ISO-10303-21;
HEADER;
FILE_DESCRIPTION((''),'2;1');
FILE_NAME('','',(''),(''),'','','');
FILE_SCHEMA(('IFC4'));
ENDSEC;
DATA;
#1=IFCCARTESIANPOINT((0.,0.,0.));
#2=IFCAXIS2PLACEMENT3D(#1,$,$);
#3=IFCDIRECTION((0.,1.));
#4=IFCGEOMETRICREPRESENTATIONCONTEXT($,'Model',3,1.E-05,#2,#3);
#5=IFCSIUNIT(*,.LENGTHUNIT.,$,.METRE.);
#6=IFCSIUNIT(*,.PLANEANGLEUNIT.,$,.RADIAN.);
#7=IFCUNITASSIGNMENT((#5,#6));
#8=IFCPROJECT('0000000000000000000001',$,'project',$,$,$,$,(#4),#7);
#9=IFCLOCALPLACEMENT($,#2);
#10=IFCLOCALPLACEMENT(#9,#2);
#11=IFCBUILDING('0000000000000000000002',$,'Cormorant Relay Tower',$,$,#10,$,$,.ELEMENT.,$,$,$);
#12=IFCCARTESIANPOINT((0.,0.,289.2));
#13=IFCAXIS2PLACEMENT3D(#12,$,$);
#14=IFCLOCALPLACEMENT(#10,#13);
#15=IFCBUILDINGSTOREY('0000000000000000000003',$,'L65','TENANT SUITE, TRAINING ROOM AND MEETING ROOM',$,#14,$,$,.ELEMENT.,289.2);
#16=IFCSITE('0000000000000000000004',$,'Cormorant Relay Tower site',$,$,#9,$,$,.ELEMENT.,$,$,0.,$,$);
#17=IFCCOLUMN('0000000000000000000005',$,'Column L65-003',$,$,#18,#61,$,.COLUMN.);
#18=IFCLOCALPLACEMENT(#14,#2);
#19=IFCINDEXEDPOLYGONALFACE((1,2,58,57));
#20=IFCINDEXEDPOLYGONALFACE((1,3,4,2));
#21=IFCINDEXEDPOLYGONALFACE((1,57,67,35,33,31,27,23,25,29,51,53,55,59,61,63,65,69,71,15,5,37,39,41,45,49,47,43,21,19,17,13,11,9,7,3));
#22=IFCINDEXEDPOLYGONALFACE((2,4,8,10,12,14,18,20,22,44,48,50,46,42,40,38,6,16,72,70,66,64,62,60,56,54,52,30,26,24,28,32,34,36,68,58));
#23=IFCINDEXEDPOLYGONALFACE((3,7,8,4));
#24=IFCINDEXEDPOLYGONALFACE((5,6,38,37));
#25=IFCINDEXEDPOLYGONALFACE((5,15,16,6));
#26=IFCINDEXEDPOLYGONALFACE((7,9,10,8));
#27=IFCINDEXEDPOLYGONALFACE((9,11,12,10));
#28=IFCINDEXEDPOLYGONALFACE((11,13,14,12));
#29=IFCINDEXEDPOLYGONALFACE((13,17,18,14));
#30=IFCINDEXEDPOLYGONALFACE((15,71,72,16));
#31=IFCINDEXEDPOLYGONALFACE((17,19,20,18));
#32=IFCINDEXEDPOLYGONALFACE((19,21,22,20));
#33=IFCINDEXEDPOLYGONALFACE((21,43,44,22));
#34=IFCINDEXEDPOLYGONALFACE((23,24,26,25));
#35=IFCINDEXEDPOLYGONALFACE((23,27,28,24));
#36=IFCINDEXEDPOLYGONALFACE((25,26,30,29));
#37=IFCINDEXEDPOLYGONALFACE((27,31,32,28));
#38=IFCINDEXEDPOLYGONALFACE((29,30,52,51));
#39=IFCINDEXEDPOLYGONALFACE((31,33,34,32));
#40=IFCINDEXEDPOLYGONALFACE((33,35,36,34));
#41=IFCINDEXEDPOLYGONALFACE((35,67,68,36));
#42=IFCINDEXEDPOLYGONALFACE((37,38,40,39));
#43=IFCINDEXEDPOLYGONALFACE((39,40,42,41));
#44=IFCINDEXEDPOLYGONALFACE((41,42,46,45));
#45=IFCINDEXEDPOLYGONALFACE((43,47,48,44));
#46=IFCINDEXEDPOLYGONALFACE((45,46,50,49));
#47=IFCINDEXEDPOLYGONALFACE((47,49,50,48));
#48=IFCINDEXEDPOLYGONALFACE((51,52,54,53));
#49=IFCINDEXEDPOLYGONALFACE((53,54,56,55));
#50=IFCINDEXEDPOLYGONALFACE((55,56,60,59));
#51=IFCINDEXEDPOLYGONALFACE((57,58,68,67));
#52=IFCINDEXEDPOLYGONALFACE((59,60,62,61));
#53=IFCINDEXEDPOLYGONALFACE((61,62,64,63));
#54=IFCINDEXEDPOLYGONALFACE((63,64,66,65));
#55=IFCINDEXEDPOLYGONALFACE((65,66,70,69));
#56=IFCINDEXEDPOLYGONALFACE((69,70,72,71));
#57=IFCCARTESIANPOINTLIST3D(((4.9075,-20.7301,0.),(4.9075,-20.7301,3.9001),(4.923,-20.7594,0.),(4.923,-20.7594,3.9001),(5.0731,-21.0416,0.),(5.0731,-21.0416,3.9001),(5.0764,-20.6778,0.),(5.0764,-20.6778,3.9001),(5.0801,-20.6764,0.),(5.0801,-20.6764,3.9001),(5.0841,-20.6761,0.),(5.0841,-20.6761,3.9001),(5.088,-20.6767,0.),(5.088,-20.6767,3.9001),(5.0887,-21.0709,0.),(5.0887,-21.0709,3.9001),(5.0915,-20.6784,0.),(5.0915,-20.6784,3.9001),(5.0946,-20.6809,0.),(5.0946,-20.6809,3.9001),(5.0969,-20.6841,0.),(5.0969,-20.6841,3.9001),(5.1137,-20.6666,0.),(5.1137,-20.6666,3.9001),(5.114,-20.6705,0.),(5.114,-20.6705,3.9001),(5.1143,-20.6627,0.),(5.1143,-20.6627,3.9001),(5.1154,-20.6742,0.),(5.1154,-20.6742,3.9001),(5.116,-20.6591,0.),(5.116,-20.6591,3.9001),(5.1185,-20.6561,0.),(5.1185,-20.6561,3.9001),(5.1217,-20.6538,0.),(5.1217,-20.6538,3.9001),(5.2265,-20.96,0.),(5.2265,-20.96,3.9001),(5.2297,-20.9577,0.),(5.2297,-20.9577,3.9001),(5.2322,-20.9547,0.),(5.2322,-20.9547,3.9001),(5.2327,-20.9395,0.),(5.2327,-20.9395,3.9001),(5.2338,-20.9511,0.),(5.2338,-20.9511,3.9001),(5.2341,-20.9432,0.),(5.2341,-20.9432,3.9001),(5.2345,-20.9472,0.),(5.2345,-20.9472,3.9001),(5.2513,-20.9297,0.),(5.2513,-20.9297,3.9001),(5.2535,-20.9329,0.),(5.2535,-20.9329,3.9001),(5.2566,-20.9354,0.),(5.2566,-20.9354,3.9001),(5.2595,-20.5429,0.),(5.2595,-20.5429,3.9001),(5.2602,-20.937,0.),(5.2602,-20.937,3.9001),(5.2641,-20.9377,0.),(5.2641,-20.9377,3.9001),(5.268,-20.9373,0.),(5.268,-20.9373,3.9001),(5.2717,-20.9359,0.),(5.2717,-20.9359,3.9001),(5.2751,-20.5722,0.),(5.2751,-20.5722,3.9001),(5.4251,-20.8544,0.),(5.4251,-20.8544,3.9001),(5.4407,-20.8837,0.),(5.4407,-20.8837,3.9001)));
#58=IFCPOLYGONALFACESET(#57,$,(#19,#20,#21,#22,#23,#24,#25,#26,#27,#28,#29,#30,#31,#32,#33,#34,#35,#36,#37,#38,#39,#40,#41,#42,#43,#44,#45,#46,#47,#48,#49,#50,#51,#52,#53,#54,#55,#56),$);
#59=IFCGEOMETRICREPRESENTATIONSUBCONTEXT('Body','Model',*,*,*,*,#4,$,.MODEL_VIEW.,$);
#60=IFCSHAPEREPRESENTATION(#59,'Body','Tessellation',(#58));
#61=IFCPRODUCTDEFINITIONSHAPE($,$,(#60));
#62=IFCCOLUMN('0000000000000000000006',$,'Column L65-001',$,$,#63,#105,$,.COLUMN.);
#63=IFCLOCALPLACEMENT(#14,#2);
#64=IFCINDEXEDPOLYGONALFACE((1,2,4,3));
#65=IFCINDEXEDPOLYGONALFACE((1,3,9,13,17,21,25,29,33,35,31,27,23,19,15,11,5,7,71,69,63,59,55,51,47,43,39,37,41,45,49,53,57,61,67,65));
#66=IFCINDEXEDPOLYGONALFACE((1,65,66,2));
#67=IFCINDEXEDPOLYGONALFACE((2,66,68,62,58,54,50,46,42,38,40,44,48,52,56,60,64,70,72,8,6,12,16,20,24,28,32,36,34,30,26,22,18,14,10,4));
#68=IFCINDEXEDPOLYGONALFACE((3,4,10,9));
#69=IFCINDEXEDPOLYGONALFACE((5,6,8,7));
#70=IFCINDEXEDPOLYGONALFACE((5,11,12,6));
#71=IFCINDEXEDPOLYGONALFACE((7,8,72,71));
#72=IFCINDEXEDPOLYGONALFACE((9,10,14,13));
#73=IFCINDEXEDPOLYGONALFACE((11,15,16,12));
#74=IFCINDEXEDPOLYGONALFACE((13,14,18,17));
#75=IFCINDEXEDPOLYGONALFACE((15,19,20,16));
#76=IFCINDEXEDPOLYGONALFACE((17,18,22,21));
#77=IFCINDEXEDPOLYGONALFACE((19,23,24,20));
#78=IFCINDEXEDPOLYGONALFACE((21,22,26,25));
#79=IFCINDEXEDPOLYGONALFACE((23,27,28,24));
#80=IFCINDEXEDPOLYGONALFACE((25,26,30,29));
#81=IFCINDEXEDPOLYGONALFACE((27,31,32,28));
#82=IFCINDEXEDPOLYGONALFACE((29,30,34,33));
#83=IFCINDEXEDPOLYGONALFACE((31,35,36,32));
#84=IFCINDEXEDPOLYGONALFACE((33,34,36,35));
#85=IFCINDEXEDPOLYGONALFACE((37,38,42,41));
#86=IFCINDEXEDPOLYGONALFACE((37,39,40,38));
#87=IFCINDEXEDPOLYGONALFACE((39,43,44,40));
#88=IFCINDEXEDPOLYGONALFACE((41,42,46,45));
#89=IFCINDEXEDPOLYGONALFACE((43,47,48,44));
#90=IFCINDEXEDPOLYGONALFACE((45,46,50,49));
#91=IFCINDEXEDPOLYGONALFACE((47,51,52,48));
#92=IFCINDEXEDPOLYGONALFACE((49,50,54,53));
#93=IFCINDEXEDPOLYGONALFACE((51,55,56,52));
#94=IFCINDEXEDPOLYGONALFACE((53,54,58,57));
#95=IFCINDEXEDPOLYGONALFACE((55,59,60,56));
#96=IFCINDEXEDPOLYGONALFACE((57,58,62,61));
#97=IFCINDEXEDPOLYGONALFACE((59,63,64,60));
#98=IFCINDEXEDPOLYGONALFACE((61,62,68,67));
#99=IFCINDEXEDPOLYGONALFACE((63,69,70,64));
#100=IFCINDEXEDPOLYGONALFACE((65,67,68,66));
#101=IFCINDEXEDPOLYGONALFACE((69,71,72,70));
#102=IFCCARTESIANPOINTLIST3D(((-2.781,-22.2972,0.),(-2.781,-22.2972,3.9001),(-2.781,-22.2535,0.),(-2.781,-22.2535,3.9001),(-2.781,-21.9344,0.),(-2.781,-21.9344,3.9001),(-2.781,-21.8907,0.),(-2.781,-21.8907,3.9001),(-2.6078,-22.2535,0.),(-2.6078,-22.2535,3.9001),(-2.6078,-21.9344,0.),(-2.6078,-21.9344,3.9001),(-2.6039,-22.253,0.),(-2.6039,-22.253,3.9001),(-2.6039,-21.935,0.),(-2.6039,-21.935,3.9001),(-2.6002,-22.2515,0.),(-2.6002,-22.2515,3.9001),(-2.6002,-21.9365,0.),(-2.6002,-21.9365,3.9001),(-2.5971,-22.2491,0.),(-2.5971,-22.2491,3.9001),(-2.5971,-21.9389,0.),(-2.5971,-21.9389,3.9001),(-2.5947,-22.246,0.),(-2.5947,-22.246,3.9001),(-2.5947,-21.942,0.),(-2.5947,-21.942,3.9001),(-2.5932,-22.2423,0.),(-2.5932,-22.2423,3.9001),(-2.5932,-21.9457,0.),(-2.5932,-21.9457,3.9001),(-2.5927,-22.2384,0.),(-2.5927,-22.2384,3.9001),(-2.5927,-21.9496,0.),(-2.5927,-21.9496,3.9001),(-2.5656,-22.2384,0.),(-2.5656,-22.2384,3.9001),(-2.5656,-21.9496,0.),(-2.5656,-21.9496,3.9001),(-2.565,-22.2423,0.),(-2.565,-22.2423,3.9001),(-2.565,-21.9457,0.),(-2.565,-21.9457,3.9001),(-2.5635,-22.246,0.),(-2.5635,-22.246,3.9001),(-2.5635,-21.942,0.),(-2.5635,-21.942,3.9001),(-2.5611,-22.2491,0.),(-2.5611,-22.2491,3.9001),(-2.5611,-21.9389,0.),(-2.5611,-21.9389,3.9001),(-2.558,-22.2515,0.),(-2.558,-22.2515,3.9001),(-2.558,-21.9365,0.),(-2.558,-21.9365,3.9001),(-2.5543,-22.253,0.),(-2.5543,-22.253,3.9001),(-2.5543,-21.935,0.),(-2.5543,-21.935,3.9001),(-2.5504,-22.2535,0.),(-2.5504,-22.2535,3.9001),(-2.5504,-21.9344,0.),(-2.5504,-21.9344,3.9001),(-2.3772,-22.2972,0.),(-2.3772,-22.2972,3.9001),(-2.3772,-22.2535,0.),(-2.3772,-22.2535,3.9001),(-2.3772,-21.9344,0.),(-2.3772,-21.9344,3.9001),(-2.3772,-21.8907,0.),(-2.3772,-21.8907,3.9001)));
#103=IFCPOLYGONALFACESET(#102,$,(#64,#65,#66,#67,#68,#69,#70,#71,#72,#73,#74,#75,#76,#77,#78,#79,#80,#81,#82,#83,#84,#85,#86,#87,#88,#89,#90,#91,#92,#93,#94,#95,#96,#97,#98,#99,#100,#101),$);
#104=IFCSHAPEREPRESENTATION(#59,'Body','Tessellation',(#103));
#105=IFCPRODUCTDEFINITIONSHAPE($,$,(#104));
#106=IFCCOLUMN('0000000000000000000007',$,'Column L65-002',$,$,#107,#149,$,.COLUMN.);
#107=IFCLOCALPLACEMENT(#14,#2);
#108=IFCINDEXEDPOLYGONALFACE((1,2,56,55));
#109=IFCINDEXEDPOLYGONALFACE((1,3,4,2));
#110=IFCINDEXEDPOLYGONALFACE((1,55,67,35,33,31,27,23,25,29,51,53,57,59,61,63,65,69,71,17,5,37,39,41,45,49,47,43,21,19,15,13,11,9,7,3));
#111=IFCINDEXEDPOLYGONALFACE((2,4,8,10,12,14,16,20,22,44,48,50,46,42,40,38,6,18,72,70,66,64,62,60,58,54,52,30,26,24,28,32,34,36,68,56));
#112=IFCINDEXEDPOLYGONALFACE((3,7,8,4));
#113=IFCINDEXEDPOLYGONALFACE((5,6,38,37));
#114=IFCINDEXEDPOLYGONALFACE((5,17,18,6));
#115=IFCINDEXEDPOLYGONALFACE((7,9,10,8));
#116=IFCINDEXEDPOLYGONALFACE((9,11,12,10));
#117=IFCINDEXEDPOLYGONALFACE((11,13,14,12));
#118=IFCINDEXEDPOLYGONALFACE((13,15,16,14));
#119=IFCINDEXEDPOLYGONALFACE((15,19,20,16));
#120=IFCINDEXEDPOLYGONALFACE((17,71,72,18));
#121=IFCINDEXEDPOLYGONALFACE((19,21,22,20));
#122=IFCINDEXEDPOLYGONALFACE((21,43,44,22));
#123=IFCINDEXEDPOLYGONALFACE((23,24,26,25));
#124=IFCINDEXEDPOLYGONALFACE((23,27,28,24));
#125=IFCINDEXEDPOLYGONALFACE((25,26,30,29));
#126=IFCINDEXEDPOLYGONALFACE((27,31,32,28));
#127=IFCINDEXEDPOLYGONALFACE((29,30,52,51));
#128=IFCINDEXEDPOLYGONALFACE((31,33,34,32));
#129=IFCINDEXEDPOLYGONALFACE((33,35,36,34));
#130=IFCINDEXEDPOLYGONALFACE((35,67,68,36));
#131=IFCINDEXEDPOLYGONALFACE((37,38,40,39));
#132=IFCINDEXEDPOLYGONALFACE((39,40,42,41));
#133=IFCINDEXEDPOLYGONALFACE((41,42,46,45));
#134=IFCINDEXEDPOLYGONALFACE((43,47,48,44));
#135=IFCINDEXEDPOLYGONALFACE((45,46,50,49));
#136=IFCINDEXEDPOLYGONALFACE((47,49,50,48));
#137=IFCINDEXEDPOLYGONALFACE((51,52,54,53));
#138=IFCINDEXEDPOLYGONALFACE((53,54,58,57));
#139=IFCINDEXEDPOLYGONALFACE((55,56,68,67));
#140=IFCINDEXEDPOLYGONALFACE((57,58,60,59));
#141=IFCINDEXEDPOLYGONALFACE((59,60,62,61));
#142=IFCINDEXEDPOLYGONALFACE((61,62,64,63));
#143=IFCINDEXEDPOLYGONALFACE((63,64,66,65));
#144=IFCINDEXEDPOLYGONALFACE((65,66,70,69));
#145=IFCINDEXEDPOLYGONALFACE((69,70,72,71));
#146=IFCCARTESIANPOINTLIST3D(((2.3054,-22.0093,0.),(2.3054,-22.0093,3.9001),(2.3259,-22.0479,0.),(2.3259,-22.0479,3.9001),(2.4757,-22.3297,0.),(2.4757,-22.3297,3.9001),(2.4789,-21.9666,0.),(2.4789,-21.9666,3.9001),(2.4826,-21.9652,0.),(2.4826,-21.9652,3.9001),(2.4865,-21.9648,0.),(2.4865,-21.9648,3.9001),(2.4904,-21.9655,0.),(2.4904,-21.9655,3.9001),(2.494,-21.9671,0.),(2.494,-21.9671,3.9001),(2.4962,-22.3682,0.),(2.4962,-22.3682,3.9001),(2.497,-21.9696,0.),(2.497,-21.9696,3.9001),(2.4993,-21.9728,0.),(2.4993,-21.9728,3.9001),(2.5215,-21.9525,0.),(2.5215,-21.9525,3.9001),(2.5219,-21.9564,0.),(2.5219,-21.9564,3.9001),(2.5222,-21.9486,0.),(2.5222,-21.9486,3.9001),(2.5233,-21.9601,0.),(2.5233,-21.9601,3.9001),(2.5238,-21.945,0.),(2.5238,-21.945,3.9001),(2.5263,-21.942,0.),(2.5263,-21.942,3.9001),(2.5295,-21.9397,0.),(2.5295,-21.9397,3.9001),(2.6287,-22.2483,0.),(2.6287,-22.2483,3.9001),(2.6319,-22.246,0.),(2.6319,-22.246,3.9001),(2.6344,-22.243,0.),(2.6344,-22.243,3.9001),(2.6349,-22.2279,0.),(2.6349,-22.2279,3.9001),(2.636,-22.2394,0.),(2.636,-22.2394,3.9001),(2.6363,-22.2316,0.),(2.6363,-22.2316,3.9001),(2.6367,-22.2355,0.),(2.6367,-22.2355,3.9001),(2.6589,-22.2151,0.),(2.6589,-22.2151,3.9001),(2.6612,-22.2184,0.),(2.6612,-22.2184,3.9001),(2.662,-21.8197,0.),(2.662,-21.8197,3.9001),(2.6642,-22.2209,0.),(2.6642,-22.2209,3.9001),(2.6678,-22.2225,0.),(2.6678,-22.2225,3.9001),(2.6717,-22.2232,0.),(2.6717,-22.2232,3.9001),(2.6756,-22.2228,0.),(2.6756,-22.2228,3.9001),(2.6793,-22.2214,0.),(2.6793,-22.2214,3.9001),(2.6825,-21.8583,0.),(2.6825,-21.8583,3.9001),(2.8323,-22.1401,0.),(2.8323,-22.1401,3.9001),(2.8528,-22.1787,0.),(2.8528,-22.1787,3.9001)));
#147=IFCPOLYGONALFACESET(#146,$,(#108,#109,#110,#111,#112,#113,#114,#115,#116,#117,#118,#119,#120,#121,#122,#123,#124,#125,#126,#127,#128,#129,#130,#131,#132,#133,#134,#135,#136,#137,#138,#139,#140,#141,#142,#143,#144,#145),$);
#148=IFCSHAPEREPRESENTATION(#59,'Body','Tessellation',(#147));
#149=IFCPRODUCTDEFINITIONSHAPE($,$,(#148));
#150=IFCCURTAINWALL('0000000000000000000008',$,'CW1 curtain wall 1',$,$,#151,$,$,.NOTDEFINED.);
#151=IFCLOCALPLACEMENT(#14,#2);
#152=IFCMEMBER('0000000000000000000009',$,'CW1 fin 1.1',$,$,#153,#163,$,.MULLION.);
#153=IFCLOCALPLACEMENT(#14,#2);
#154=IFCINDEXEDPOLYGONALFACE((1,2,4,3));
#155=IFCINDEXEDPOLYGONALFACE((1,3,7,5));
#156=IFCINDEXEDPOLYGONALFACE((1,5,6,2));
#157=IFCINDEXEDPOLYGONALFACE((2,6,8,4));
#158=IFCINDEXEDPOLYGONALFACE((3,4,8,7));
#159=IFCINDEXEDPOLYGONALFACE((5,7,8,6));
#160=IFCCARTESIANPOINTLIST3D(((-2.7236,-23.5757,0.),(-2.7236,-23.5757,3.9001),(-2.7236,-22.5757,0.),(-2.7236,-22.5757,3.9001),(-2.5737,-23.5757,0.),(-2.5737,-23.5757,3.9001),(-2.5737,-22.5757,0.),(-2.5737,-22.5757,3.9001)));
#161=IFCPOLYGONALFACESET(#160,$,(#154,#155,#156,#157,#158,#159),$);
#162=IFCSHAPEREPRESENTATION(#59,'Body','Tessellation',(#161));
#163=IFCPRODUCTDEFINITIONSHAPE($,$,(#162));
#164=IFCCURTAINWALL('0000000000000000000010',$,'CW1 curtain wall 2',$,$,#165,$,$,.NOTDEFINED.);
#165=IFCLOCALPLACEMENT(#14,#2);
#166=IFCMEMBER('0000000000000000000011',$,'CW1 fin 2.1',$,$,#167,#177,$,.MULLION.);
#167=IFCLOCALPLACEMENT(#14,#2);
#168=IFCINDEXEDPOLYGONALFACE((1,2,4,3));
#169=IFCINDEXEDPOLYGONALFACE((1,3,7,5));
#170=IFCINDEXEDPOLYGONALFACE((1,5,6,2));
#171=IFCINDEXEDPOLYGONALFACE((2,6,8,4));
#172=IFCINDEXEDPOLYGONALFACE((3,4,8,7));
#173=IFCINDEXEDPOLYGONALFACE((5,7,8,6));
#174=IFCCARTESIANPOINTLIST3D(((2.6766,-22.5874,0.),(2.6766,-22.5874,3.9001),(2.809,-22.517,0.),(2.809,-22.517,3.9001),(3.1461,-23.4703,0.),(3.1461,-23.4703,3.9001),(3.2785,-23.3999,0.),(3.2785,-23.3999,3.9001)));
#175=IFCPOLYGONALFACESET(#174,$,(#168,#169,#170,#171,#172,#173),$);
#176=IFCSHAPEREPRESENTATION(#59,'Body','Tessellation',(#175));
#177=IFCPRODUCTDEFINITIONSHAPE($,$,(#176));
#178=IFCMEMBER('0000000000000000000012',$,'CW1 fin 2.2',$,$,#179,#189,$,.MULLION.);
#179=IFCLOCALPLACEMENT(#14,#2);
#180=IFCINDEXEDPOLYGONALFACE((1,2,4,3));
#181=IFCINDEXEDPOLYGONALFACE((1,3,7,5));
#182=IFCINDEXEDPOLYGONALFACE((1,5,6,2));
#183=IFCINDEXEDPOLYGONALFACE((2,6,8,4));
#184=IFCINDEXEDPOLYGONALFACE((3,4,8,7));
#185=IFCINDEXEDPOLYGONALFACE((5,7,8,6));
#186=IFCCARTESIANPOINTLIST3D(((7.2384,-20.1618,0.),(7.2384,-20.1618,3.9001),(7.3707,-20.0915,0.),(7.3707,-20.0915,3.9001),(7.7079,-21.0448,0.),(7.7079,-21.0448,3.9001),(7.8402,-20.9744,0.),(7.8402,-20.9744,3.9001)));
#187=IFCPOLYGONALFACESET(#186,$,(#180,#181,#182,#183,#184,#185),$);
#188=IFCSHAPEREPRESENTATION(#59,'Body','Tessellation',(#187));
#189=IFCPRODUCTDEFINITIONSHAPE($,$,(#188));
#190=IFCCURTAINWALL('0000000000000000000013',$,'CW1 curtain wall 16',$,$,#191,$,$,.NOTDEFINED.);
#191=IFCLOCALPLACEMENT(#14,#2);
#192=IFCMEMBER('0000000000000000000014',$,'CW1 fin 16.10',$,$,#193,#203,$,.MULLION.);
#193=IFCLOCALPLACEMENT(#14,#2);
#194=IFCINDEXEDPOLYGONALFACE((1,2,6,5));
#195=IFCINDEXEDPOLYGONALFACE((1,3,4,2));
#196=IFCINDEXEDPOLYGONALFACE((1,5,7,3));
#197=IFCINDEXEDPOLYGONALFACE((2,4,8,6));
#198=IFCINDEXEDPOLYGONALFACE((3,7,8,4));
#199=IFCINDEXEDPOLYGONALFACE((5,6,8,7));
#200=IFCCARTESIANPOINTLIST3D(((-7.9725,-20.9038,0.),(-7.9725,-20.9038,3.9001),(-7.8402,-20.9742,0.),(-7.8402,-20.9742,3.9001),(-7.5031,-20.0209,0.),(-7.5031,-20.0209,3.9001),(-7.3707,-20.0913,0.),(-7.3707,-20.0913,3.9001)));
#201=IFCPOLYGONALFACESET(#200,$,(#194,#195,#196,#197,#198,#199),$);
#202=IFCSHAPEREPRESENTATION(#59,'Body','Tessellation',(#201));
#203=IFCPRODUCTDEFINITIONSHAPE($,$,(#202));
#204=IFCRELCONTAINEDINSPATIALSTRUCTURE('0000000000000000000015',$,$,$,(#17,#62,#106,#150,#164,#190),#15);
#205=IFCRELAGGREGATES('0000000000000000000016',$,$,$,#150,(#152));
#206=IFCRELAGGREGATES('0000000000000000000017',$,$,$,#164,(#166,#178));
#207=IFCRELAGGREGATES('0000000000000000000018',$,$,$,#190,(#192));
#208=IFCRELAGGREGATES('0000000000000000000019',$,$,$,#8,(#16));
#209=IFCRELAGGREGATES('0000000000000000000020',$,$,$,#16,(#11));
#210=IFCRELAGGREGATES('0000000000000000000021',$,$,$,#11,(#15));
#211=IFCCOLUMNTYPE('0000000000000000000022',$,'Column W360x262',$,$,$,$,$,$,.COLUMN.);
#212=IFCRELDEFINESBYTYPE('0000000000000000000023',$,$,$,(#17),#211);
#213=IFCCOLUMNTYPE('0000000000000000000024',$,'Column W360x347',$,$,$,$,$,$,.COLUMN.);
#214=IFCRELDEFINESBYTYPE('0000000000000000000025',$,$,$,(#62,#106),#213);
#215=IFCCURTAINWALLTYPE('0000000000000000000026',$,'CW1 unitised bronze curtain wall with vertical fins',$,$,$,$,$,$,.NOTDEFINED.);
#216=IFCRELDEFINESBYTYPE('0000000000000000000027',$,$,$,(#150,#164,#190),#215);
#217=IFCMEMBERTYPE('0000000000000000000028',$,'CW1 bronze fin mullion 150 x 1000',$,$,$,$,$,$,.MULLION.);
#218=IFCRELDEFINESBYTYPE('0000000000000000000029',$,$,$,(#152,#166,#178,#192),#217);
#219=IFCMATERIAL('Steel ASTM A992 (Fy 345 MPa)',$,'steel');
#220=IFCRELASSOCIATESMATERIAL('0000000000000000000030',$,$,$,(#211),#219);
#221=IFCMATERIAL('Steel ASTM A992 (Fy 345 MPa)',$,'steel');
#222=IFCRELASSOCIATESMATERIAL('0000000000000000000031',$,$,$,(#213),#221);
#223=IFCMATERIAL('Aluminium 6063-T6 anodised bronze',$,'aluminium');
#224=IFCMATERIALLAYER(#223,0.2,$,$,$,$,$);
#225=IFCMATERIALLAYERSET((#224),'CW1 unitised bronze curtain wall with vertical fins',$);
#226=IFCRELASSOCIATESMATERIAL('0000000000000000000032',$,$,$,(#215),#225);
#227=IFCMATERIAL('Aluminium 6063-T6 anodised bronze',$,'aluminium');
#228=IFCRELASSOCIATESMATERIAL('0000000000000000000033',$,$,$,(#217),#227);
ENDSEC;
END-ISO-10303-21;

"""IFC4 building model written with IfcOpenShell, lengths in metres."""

from ifc_helpers import new_model, si_unit, direction, frame, origin, origin_2d, place, context, subcontext, project, spatial, rectangle, i_section, extrude, material, layer, layer_set, material_profile, profile_set, type_object, element, aggregate, save


model = new_model("IFC4")

# Units and contexts
model_context = context("Model", 3, precision=1e-05, world=origin(), true_north=direction((0.0, 1.0)))
body_context = subcontext(model_context, "Body", "Model", "MODEL_VIEW")
ifc_project = project(units=[si_unit("LENGTHUNIT", "METRE"), si_unit("PLANEANGLEUNIT", "RADIAN")], contexts=[model_context])

# Site, building, storey
site_placement = place(None, origin())
site = spatial("IfcSite", under=ifc_project, at=site_placement, Name="Cormorant Relay Tower site", CompositionType="ELEMENT", RefElevation=0.0)
building_placement = place(site_placement, origin())
building = spatial("IfcBuilding", under=site, at=building_placement, Name="Cormorant Relay Tower", CompositionType="ELEMENT")
storey_placement = place(building_placement, frame((0.0, 0.0, 289.2)))
storey = spatial("IfcBuildingStorey", under=building, at=storey_placement, Name="L65", Description="TENANT SUITE, TRAINING ROOM AND MEETING ROOM", CompositionType="ELEMENT", Elevation=289.2)

# Columns
ifc_material_1 = material(Name="Steel ASTM A992 (Fy 345 MPa)", Category="steel")
ifc_material_profile_1 = material_profile(ifc_material_1, i_section(OverallWidth=0.3987, OverallDepth=0.386, WebThickness=0.021, FlangeThickness=0.0332, FilletRadius=0.0151, at=origin_2d()), Name="W360x262")
ifc_profile_set_1 = profile_set([ifc_material_profile_1], Name="Steel ASTM A992 (Fy 345 MPa)")
column_type_1 = type_object("IfcColumnType", Name="Column W360x262", PredefinedType="COLUMN", material=ifc_profile_set_1)
column_placement = place(storey_placement, frame((5.1741, -20.8069, 0.0), z_axis=(0.0, 0.0, 1.0), x_axis=(0.882948, 0.469472, 0.0)))
element("IfcColumn", 1, at=column_placement, inside=storey, type_object=column_type_1, Name="Column L65-003", PredefinedType="COLUMN", context=body_context, shape_type="SweptSolid", body=[
    extrude(i_section(OverallWidth=0.3987, OverallDepth=0.386, WebThickness=0.021, FlangeThickness=0.0332, FilletRadius=0.0151, at=origin_2d()), origin(), (0.0, 0.0, 1.0), 3.9001),
])
ifc_material_2 = material(Name="Steel ASTM A992 (Fy 345 MPa)", Category="steel")
ifc_material_profile_2 = material_profile(ifc_material_2, i_section(OverallWidth=0.4038, OverallDepth=0.4065, WebThickness=0.0271, FlangeThickness=0.0437, FilletRadius=0.0151, at=origin_2d()), Name="W360x347")
ifc_profile_set_2 = profile_set([ifc_material_profile_2], Name="Steel ASTM A992 (Fy 345 MPa)")
column_type_2 = type_object("IfcColumnType", Name="Column W360x347", PredefinedType="COLUMN", material=ifc_profile_set_2)
for number, where, z_axis, x_axis, name in (
    (2, (-2.5791, -22.094, 0.0), (0.0, 0.0, 1.0), (1.0, 0.0, 0.0), "Column L65-001"),
    (3, (2.5791, -22.094, 0.0), (0.0, 0.0, 1.0), (0.882948, 0.469472, 0.0), "Column L65-002"),
):
    element("IfcColumn", number, at=place(storey_placement, frame(where, z_axis=z_axis, x_axis=x_axis)), inside=storey, type_object=column_type_2, Name=name, PredefinedType="COLUMN", context=body_context, shape_type="SweptSolid", body=[
        extrude(i_section(OverallWidth=0.4038, OverallDepth=0.4065, WebThickness=0.0271, FlangeThickness=0.0437, FilletRadius=0.0151, at=origin_2d()), origin(), (0.0, 0.0, 1.0), 3.9001),
    ])

# Curtain wall, member
ifc_material_3 = material(Name="Aluminium 6063-T6 anodised bronze", Category="aluminium")
ifc_layer_1 = layer(ifc_material_3, 0.2)
ifc_layer_set_1 = layer_set([ifc_layer_1], Name="CW1 unitised bronze curtain wall with vertical fins")
curtain_wall_type = type_object("IfcCurtainWallType", Name="CW1 unitised bronze curtain wall with vertical fins", PredefinedType="NOTDEFINED", material=ifc_layer_set_1)
curtain_wall_1_placement = place(storey_placement, origin())
curtain_wall_1 = element("IfcCurtainWall", 4, at=curtain_wall_1_placement, inside=storey, type_object=curtain_wall_type, Name="CW1 curtain wall 1", PredefinedType="NOTDEFINED")
ifc_material_4 = material(Name="Aluminium 6063-T6 anodised bronze", Category="aluminium")
ifc_material_profile_3 = material_profile(ifc_material_4, rectangle(XDim=0.1499, YDim=1.0, at=origin_2d()), Name="AL 150x1000")
ifc_profile_set_3 = profile_set([ifc_material_profile_3], Name="Aluminium 6063-T6 anodised bronze")
member_type_1 = type_object("IfcMemberType", Name="CW1 bronze fin mullion 150 x 1000", PredefinedType="MULLION", material=ifc_profile_set_3)
member_1_placement = place(storey_placement, frame((-2.6487, -23.0757, 0.0), z_axis=(0.0, 0.0, 1.0), x_axis=(1.0, 0.0, 0.0)))
member_1 = element("IfcMember", 5, at=member_1_placement, type_object=member_type_1, Name="CW1 fin 1.1", PredefinedType="MULLION", context=body_context, shape_type="SweptSolid", body=[
    extrude(rectangle(XDim=0.1499, YDim=1.0, at=origin_2d()), origin(), (0.0, 0.0, 1.0), 3.9001),
])

# Curtain wall, members
curtain_wall_2_placement = place(storey_placement, origin())
curtain_wall_2 = element("IfcCurtainWall", 6, at=curtain_wall_2_placement, inside=storey, type_object=curtain_wall_type, Name="CW1 curtain wall 2", PredefinedType="NOTDEFINED")
member_2_placement = place(storey_placement, frame((2.9775, -22.9937, 0.0), z_axis=(0.0, 0.0, 1.0), x_axis=(0.882948, 0.469472, 0.0)))
member_2 = element("IfcMember", 7, at=member_2_placement, type_object=member_type_1, Name="CW1 fin 2.1", PredefinedType="MULLION", context=body_context, shape_type="SweptSolid", body=[
    extrude(rectangle(XDim=0.1499, YDim=1.0, at=origin_2d()), origin(), (0.0, 0.0, 1.0), 3.9001),
])
member_3_placement = place(storey_placement, frame((7.5393, -20.5681, 0.0), z_axis=(0.0, 0.0, 1.0), x_axis=(0.882948, 0.469472, 0.0)))
member_3 = element("IfcMember", 8, at=member_3_placement, type_object=member_type_1, Name="CW1 fin 2.2", PredefinedType="MULLION", context=body_context, shape_type="SweptSolid", body=[
    extrude(rectangle(XDim=0.1499, YDim=1.0, at=origin_2d()), origin(), (0.0, 0.0, 1.0), 3.9001),
])

# Curtain wall, member
curtain_wall_3_placement = place(storey_placement, origin())
curtain_wall_3 = element("IfcCurtainWall", 9, at=curtain_wall_3_placement, inside=storey, type_object=curtain_wall_type, Name="CW1 curtain wall 16", PredefinedType="NOTDEFINED")
member_4_placement = place(storey_placement, frame((-7.6716, -20.4976, 0.0), z_axis=(0.0, 0.0, 1.0), x_axis=(0.882948, -0.469472, 0.0)))
member_4 = element("IfcMember", 10, at=member_4_placement, type_object=member_type_1, Name="CW1 fin 16.10", PredefinedType="MULLION", context=body_context, shape_type="SweptSolid", body=[
    extrude(rectangle(XDim=0.1499, YDim=1.0, at=origin_2d()), origin(), (0.0, 0.0, 1.0), 3.9001),
])

aggregate(curtain_wall_1, [member_1])
aggregate(curtain_wall_2, [member_2, member_3])
aggregate(curtain_wall_3, [member_4])

save(model, "model.ifc")
